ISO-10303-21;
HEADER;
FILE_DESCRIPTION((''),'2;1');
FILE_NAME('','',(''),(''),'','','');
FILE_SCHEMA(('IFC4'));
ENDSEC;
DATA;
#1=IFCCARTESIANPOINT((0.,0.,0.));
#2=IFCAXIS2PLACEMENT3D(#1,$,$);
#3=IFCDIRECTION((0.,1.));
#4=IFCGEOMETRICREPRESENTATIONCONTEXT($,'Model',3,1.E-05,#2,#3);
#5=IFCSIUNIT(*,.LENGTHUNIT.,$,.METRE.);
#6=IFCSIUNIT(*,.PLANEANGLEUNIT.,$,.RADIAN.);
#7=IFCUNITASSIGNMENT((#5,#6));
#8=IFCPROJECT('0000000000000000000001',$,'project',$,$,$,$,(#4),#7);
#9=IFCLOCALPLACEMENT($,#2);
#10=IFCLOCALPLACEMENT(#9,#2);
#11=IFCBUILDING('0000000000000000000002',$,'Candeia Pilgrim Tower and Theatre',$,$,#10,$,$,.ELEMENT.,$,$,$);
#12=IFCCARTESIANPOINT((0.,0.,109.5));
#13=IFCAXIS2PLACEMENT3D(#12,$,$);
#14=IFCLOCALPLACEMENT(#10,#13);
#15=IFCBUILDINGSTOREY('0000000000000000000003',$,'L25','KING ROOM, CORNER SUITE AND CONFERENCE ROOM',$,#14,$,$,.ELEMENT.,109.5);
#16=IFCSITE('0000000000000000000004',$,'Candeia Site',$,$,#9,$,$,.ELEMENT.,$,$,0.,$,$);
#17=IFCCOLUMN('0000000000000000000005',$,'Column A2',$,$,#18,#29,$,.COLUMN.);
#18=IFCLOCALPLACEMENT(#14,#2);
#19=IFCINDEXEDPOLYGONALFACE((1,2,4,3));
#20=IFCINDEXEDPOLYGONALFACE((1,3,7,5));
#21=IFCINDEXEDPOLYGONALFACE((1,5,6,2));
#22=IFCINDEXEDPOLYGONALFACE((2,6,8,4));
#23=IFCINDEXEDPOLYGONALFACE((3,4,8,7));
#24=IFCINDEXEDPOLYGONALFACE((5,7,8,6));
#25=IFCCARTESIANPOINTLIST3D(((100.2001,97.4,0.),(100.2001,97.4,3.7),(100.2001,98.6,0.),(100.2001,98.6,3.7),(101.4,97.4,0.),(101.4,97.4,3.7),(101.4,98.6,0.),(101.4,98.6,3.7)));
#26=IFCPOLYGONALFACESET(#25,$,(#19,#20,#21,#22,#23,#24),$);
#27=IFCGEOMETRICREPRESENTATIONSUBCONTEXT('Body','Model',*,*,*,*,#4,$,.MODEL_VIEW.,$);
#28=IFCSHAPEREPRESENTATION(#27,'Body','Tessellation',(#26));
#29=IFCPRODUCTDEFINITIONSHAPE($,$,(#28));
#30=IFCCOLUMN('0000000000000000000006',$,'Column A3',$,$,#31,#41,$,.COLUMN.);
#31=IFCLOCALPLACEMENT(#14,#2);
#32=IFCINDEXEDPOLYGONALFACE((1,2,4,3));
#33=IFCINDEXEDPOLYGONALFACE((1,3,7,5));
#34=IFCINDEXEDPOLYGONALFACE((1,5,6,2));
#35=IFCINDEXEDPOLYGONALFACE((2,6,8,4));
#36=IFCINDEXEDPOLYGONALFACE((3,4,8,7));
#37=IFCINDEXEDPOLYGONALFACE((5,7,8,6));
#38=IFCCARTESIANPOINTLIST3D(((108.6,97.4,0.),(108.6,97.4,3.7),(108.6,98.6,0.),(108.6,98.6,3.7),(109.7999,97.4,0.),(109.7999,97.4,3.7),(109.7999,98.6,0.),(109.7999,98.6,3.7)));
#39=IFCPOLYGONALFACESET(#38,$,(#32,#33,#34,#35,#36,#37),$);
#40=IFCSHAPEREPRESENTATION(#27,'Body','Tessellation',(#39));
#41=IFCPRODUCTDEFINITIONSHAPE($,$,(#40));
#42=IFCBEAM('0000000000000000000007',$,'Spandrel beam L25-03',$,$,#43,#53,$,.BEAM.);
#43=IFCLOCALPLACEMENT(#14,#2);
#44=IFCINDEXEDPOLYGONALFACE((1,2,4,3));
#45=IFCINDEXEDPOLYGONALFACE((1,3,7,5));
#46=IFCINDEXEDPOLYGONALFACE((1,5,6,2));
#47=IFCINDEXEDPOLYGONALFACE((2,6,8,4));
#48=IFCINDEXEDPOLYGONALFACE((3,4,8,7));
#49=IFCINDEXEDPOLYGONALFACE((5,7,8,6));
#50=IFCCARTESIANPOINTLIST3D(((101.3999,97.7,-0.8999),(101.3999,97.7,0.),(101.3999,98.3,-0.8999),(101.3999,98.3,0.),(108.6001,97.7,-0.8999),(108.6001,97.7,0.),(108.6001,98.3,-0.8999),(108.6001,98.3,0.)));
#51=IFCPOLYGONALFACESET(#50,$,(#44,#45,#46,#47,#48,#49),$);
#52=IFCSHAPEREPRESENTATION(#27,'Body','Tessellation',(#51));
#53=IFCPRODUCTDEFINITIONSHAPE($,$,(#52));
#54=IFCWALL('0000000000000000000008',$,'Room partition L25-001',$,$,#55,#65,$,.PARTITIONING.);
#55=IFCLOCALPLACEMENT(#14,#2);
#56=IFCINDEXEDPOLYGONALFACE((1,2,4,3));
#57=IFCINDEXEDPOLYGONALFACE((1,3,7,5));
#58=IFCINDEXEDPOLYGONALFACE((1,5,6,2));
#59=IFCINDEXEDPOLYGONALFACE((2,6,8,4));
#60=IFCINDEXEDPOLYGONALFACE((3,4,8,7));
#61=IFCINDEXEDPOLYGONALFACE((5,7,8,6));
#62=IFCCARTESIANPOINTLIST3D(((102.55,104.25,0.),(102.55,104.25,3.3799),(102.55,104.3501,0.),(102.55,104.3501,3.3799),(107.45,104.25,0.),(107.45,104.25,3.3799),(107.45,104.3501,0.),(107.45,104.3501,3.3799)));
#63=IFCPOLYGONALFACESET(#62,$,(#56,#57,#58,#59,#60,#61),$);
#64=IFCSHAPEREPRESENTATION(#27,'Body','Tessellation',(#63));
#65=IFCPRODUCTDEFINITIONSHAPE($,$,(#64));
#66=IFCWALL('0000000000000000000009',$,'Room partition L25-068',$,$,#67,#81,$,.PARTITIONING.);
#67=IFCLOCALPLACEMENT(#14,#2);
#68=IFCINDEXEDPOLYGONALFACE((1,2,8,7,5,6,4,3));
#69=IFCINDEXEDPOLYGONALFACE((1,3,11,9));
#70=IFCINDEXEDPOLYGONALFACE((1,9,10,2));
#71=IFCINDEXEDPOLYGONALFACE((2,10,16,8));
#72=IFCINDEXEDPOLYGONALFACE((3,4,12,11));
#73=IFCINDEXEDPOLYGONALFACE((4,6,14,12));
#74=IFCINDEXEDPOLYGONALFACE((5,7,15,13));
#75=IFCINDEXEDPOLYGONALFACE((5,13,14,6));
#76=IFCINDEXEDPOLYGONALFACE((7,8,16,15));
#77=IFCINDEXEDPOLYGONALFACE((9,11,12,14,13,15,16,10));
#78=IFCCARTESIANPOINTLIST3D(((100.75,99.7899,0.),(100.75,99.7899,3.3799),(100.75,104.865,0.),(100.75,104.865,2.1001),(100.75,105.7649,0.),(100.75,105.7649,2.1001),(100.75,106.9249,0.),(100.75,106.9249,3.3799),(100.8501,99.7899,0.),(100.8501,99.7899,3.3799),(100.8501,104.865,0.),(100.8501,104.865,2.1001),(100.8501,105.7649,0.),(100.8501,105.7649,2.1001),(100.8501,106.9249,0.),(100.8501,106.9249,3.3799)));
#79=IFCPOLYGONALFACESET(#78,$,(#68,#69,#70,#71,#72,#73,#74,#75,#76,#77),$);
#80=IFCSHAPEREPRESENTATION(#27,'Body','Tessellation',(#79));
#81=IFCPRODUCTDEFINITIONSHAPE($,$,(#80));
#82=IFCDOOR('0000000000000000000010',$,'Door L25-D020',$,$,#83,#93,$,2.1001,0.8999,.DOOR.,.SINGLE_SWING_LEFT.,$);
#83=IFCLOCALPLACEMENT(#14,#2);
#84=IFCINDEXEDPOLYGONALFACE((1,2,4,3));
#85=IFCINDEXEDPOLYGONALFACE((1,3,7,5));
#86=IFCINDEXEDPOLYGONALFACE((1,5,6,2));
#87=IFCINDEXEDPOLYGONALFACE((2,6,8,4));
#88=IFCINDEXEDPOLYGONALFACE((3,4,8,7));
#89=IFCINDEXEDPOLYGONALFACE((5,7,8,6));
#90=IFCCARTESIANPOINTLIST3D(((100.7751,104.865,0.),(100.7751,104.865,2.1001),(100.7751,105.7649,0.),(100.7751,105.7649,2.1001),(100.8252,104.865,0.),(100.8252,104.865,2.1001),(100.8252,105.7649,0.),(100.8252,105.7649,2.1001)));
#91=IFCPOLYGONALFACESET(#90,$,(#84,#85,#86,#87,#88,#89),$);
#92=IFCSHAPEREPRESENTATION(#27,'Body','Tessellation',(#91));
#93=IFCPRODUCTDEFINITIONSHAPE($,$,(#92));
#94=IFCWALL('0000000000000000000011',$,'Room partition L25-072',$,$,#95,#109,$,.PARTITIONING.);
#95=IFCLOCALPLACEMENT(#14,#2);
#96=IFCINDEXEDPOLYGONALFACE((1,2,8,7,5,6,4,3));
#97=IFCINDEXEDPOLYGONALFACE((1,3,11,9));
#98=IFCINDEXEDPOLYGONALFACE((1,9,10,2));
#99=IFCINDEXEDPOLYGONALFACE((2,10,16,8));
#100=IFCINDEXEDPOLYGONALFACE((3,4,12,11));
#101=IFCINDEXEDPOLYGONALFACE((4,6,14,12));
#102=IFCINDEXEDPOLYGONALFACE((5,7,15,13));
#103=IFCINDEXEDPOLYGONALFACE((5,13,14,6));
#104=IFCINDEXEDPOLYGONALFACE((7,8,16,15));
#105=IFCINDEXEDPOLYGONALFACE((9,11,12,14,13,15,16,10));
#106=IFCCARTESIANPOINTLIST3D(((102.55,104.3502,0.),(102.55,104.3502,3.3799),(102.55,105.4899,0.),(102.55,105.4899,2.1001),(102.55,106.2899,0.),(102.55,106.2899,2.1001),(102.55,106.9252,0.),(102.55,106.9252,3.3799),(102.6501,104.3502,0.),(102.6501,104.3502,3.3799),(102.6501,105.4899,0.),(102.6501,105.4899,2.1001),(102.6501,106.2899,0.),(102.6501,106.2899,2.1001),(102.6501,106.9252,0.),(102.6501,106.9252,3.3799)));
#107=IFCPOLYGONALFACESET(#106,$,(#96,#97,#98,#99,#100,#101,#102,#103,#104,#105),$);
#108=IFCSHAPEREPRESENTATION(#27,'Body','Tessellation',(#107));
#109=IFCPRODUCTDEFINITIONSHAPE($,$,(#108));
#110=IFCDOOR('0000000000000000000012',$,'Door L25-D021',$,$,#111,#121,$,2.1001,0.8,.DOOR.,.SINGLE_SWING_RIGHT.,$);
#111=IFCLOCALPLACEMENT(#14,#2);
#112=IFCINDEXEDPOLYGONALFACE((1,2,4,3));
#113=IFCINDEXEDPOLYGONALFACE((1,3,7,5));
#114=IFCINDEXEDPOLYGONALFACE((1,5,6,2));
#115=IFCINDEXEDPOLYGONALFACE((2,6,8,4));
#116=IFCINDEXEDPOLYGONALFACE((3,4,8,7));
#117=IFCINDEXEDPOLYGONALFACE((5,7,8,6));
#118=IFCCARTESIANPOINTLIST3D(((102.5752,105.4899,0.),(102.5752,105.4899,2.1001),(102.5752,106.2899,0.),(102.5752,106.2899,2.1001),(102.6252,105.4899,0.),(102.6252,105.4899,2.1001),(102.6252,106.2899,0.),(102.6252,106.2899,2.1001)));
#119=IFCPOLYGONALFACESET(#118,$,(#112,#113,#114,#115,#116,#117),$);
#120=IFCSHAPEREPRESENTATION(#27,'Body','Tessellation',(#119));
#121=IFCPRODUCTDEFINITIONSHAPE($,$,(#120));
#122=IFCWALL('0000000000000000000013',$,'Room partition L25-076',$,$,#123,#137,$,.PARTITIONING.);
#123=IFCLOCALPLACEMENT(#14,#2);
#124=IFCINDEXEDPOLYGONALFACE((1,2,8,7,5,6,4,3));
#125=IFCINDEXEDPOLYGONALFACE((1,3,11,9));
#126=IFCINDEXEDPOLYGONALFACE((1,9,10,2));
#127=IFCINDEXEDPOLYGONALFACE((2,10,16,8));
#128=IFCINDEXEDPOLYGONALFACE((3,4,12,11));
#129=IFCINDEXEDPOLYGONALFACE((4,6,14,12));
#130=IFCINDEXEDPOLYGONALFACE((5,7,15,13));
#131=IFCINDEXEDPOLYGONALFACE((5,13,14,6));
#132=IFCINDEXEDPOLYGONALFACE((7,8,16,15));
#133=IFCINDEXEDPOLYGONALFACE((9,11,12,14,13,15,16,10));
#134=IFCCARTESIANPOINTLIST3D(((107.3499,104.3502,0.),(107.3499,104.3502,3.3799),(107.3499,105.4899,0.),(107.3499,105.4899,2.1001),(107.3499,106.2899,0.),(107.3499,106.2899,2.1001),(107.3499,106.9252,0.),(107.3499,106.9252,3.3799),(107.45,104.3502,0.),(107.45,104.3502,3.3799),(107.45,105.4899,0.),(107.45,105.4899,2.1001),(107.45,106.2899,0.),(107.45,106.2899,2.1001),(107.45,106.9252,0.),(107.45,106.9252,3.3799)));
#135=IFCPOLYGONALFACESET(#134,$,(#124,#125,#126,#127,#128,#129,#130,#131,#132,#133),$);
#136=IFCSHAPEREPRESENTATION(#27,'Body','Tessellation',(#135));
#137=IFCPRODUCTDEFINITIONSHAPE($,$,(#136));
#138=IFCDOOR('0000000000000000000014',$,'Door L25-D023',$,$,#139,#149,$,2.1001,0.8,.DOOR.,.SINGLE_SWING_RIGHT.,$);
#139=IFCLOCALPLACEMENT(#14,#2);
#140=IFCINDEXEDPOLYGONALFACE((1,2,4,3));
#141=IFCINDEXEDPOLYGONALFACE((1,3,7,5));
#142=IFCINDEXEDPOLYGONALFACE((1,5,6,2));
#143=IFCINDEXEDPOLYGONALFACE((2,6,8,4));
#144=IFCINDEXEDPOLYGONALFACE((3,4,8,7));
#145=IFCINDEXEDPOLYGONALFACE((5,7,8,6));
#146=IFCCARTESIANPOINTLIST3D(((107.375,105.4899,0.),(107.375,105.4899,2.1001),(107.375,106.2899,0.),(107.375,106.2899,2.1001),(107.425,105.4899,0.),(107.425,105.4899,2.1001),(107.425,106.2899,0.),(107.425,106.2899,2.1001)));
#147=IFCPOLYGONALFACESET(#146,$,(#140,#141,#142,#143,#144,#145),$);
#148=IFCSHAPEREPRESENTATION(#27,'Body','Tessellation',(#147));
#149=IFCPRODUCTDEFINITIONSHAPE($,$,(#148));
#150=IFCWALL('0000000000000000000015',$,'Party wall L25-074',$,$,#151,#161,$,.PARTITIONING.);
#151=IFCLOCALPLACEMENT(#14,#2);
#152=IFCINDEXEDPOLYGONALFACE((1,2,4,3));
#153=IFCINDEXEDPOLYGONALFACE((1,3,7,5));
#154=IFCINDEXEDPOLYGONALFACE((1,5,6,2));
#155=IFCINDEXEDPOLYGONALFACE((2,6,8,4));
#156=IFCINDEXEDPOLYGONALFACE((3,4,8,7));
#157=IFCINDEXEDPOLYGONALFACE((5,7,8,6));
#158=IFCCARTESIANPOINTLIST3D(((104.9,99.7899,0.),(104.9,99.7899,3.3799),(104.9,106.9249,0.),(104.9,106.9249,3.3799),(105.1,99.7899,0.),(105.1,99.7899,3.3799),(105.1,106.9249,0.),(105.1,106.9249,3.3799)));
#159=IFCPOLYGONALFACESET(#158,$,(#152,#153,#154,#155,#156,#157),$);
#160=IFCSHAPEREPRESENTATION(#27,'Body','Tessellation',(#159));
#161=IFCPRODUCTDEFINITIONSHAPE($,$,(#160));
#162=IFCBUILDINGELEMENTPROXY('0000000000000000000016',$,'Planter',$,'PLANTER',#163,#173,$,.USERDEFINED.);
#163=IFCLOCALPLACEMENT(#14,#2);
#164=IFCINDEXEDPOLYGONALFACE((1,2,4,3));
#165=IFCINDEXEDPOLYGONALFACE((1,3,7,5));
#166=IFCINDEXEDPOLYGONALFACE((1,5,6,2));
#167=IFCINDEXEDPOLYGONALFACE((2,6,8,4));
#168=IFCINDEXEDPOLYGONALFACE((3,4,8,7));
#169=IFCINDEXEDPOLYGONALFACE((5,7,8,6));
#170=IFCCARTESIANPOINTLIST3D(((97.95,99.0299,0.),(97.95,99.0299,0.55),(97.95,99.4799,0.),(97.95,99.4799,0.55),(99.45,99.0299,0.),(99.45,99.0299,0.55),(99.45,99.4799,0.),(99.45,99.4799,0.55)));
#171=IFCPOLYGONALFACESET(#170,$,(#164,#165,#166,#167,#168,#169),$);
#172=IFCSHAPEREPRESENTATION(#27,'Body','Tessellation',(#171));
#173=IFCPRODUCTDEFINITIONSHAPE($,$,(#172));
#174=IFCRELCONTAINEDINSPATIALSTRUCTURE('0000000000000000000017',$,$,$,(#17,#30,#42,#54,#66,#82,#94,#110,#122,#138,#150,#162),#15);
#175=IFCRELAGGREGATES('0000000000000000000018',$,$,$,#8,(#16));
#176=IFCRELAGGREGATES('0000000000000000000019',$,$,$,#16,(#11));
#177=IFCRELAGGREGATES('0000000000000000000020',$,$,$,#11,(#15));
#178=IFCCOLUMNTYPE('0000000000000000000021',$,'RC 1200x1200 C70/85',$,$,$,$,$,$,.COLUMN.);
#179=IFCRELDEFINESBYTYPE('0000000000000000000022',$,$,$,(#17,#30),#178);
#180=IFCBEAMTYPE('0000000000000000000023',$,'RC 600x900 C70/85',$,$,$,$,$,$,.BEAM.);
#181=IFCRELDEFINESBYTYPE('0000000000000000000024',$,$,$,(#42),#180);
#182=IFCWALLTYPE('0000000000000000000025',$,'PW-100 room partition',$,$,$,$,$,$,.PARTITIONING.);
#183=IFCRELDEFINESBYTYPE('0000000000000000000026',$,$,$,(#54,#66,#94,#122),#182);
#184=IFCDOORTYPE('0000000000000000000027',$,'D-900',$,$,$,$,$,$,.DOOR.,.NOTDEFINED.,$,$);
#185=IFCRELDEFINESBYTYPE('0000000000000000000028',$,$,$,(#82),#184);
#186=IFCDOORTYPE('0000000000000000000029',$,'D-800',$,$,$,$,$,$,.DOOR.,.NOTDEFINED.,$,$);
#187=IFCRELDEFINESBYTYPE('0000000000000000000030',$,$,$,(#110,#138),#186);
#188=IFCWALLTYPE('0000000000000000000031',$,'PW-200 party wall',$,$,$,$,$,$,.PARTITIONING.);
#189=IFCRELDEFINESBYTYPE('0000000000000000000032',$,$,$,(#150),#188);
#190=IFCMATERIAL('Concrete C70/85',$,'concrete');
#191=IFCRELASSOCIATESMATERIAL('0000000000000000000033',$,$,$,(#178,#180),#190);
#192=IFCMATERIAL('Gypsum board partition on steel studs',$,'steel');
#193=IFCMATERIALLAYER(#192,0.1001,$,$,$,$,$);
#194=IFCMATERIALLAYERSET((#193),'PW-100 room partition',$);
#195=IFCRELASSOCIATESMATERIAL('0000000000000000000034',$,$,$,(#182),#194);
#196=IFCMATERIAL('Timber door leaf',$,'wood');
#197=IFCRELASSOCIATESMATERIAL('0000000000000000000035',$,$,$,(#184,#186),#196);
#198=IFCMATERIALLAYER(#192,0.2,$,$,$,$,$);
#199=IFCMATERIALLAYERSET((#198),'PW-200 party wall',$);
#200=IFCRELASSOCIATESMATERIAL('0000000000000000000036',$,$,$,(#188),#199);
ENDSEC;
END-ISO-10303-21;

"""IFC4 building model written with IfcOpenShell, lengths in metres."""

from ifc_helpers import new_model, si_unit, direction, frame, frame_2d, origin, origin_2d, place, context, subcontext, project, spatial, rectangle, extrude, material, layer, layer_set, material_profile, profile_set, type_object, element, fill, save


model = new_model("IFC4")

# Units and contexts
model_context = context("Model", 3, precision=1e-05, world=origin(), true_north=direction((0.0, 1.0)))
body_context = subcontext(model_context, "Body", "Model", "MODEL_VIEW")
ifc_project = project(units=[si_unit("LENGTHUNIT", "METRE"), si_unit("PLANEANGLEUNIT", "RADIAN")], contexts=[model_context])

# Site, building, storey
site_placement = place(None, origin())
site = spatial("IfcSite", under=ifc_project, at=site_placement, Name="Candeia Site", CompositionType="ELEMENT", RefElevation=0.0)
building_placement = place(site_placement, origin())
building = spatial("IfcBuilding", under=site, at=building_placement, Name="Candeia Pilgrim Tower and Theatre", CompositionType="ELEMENT")
storey_placement = place(building_placement, frame((0.0, 0.0, 109.5)))
storey = spatial("IfcBuildingStorey", under=building, at=storey_placement, Name="L25", Description="KING ROOM, CORNER SUITE AND CONFERENCE ROOM", CompositionType="ELEMENT", Elevation=109.5)

# Columns
ifc_material_1 = material(Name="Concrete C70/85", Category="concrete")
ifc_material_profile_1 = material_profile(ifc_material_1, rectangle(XDim=1.2, YDim=1.2, at=origin_2d()))
ifc_profile_set_1 = profile_set([ifc_material_profile_1], Name="Concrete C70/85")
column_type = type_object("IfcColumnType", Name="RC 1200x1200 C70/85", PredefinedType="COLUMN", material=ifc_profile_set_1)
for number, where, z_axis, x_axis, name in (
    (1, (100.8, 98.0, 0.0), (0.0, 0.0, 1.0), (1.0, 0.0, 0.0), "Column A2"),
    (2, (109.2, 98.0, 0.0), (0.0, 0.0, 1.0), (1.0, 0.0, 0.0), "Column A3"),
):
    element("IfcColumn", number, at=place(storey_placement, frame(where, z_axis=z_axis, x_axis=x_axis)), inside=storey, type_object=column_type, Name=name, PredefinedType="COLUMN", context=body_context, shape_type="SweptSolid", body=[
        extrude(rectangle(XDim=1.2, YDim=1.2, at=origin_2d()), origin(), (0.0, 0.0, 1.0), 3.7),
    ])

# Beam
ifc_material_profile_2 = material_profile(ifc_material_1, rectangle(XDim=0.6001, YDim=0.8999, at=origin_2d()))
ifc_profile_set_2 = profile_set([ifc_material_profile_2], Name="Concrete C70/85")
beam_type = type_object("IfcBeamType", Name="RC 600x900 C70/85", PredefinedType="BEAM", material=ifc_profile_set_2)
beam_placement = place(storey_placement, frame((101.3999, 98.0, -0.45), z_axis=(1.0, 0.0, 0.0), x_axis=(0.0, 1.0, 0.0)))
element("IfcBeam", 3, at=beam_placement, inside=storey, type_object=beam_type, Name="Spandrel beam L25-03", PredefinedType="BEAM", context=body_context, shape_type="SweptSolid", body=[
    extrude(rectangle(XDim=0.6001, YDim=0.8999, at=origin_2d()), origin(), (0.0, 0.0, 1.0), 7.2002),
])

# Wall
ifc_material_2 = material(Name="Gypsum board partition on steel studs", Category="steel")
ifc_layer_1 = layer(ifc_material_2, 0.1001)
ifc_layer_set_1 = layer_set([ifc_layer_1], Name="PW-100 room partition")
wall_type_1 = type_object("IfcWallType", Name="PW-100 room partition", PredefinedType="PARTITIONING", material=ifc_layer_set_1)
wall_1_placement = place(storey_placement, frame((102.55, 104.3, 0.0), z_axis=(0.0, 0.0, 1.0), x_axis=(1.0, 0.0, 0.0)))
element("IfcWall", 4, at=wall_1_placement, inside=storey, type_object=wall_type_1, Name="Room partition L25-001", PredefinedType="PARTITIONING", context=body_context, shape_type="SweptSolid", body=[
    extrude(rectangle(XDim=4.8999, YDim=0.1001, at=frame_2d((2.45, 0.0))), origin(), (0.0, 0.0, 1.0), 3.3799),
])

# Walls, openings, doors
wall_2_placement = place(storey_placement, frame((100.8, 99.79, 0.0), z_axis=(0.0, 0.0, 1.0), x_axis=(0.0, 1.0, 0.0)))
wall_2 = element("IfcWall", 5, at=wall_2_placement, inside=storey, type_object=wall_type_1, Name="Room partition L25-068", PredefinedType="PARTITIONING", context=body_context, shape_type="SweptSolid", body=[
    extrude(rectangle(XDim=7.135, YDim=0.1001, at=frame_2d((3.5674, 0.0))), origin(), (0.0, 0.0, 1.0), 3.3799),
])
opening_1_placement = place(wall_2_placement, frame((5.075, 0.0, 0.0)))
opening_1 = element("IfcOpeningElement", 6, at=opening_1_placement, cuts=wall_2, PredefinedType="OPENING", context=body_context, shape_type="SweptSolid", body=[
    extrude(rectangle(XDim=0.8999, YDim=2.1001, at=frame_2d((0.45, 1.05))), frame((0.0, 0.0601, 0.0), z_axis=(0.0, -1.0, 0.0), x_axis=(1.0, 0.0, 0.0)), (0.0, 0.0, 1.0), 0.1201),
])
ifc_material_3 = material(Name="Timber door leaf", Category="wood")
door_type_1 = type_object("IfcDoorType", Name="D-900", OperationType="NOTDEFINED", PredefinedType="DOOR", material=ifc_material_3)
door_1_placement = place(opening_1_placement, origin())
door_1 = element("IfcDoor", 7, at=door_1_placement, inside=storey, type_object=door_type_1, Name="Door L25-D020", OperationType="SINGLE_SWING_LEFT", OverallHeight=2.1001, OverallWidth=0.8999, PredefinedType="DOOR", context=body_context, shape_type="SweptSolid", body=[
    extrude(rectangle(XDim=0.8999, YDim=2.1001, at=frame_2d((0.45, 1.05))), frame((0.0, 0.0249, 0.0), z_axis=(0.0, -1.0, 0.0), x_axis=(1.0, 0.0, 0.0)), (0.0, 0.0, 1.0), 0.05),
])
fill(opening_1, door_1)
wall_3_placement = place(storey_placement, frame((102.6001, 104.3501, 0.0), z_axis=(0.0, 0.0, 1.0), x_axis=(0.0, 1.0, 0.0)))
wall_3 = element("IfcWall", 8, at=wall_3_placement, inside=storey, type_object=wall_type_1, Name="Room partition L25-072", PredefinedType="PARTITIONING", context=body_context, shape_type="SweptSolid", body=[
    extrude(rectangle(XDim=2.575, YDim=0.1001, at=frame_2d((1.2876, 0.0))), origin(), (0.0, 0.0, 1.0), 3.3799),
])
opening_2_placement = place(wall_3_placement, frame((1.1399, 0.0, 0.0)))
opening_2 = element("IfcOpeningElement", 9, at=opening_2_placement, cuts=wall_3, PredefinedType="OPENING", context=body_context, shape_type="SweptSolid", body=[
    extrude(rectangle(XDim=0.8, YDim=2.1001, at=frame_2d((0.3999, 1.05))), frame((0.0, 0.0601, 0.0), z_axis=(0.0, -1.0, 0.0), x_axis=(1.0, 0.0, 0.0)), (0.0, 0.0, 1.0), 0.1201),
])
door_type_2 = type_object("IfcDoorType", Name="D-800", OperationType="NOTDEFINED", PredefinedType="DOOR", material=ifc_material_3)
door_2_placement = place(opening_2_placement, origin())
door_2 = element("IfcDoor", 10, at=door_2_placement, inside=storey, type_object=door_type_2, Name="Door L25-D021", OperationType="SINGLE_SWING_RIGHT", OverallHeight=2.1001, OverallWidth=0.8, PredefinedType="DOOR", context=body_context, shape_type="SweptSolid", body=[
    extrude(rectangle(XDim=0.8, YDim=2.1001, at=frame_2d((0.3999, 1.05))), frame((0.0, 0.0249, 0.0), z_axis=(0.0, -1.0, 0.0), x_axis=(1.0, 0.0, 0.0)), (0.0, 0.0, 1.0), 0.05),
])
fill(opening_2, door_2)
wall_4_placement = place(storey_placement, frame((107.3999, 104.3501, 0.0), z_axis=(0.0, 0.0, 1.0), x_axis=(0.0, 1.0, 0.0)))
wall_4 = element("IfcWall", 11, at=wall_4_placement, inside=storey, type_object=wall_type_1, Name="Room partition L25-076", PredefinedType="PARTITIONING", context=body_context, shape_type="SweptSolid", body=[
    extrude(rectangle(XDim=2.575, YDim=0.1001, at=frame_2d((1.2876, 0.0))), origin(), (0.0, 0.0, 1.0), 3.3799),
])
opening_3_placement = place(wall_4_placement, frame((1.1399, 0.0, 0.0)))
opening_3 = element("IfcOpeningElement", 12, at=opening_3_placement, cuts=wall_4, PredefinedType="OPENING", context=body_context, shape_type="SweptSolid", body=[
    extrude(rectangle(XDim=0.8, YDim=2.1001, at=frame_2d((0.3999, 1.05))), frame((0.0, 0.0601, 0.0), z_axis=(0.0, -1.0, 0.0), x_axis=(1.0, 0.0, 0.0)), (0.0, 0.0, 1.0), 0.1201),
])
door_3_placement = place(opening_3_placement, origin())
door_3 = element("IfcDoor", 13, at=door_3_placement, inside=storey, type_object=door_type_2, Name="Door L25-D023", OperationType="SINGLE_SWING_RIGHT", OverallHeight=2.1001, OverallWidth=0.8, PredefinedType="DOOR", context=body_context, shape_type="SweptSolid", body=[
    extrude(rectangle(XDim=0.8, YDim=2.1001, at=frame_2d((0.3999, 1.05))), frame((0.0, 0.0249, 0.0), z_axis=(0.0, -1.0, 0.0), x_axis=(1.0, 0.0, 0.0)), (0.0, 0.0, 1.0), 0.05),
])
fill(opening_3, door_3)

# Wall
ifc_layer_2 = layer(ifc_material_2, 0.2)
ifc_layer_set_2 = layer_set([ifc_layer_2], Name="PW-200 party wall")
wall_type_2 = type_object("IfcWallType", Name="PW-200 party wall", PredefinedType="PARTITIONING", material=ifc_layer_set_2)
wall_5_placement = place(storey_placement, frame((105.0, 99.79, 0.0), z_axis=(0.0, 0.0, 1.0), x_axis=(0.0, 1.0, 0.0)))
element("IfcWall", 14, at=wall_5_placement, inside=storey, type_object=wall_type_2, Name="Party wall L25-074", PredefinedType="PARTITIONING", context=body_context, shape_type="SweptSolid", body=[
    extrude(rectangle(XDim=7.135, YDim=0.2, at=frame_2d((3.5674, 0.0))), origin(), (0.0, 0.0, 1.0), 3.3799),
])

# Building element proxy
proxy_placement = place(storey_placement, frame((98.7, 99.2549, 0.0), z_axis=(0.0, 0.0, 1.0), x_axis=(1.0, 0.0, 0.0)))
element("IfcBuildingElementProxy", 15, at=proxy_placement, inside=storey, Name="Planter", ObjectType="PLANTER", PredefinedType="USERDEFINED", context=body_context, shape_type="SweptSolid", body=[
    extrude(rectangle(XDim=1.5, YDim=0.45, at=origin_2d()), origin(), (0.0, 0.0, 1.0), 0.55),
])

save(model, "model.ifc")
